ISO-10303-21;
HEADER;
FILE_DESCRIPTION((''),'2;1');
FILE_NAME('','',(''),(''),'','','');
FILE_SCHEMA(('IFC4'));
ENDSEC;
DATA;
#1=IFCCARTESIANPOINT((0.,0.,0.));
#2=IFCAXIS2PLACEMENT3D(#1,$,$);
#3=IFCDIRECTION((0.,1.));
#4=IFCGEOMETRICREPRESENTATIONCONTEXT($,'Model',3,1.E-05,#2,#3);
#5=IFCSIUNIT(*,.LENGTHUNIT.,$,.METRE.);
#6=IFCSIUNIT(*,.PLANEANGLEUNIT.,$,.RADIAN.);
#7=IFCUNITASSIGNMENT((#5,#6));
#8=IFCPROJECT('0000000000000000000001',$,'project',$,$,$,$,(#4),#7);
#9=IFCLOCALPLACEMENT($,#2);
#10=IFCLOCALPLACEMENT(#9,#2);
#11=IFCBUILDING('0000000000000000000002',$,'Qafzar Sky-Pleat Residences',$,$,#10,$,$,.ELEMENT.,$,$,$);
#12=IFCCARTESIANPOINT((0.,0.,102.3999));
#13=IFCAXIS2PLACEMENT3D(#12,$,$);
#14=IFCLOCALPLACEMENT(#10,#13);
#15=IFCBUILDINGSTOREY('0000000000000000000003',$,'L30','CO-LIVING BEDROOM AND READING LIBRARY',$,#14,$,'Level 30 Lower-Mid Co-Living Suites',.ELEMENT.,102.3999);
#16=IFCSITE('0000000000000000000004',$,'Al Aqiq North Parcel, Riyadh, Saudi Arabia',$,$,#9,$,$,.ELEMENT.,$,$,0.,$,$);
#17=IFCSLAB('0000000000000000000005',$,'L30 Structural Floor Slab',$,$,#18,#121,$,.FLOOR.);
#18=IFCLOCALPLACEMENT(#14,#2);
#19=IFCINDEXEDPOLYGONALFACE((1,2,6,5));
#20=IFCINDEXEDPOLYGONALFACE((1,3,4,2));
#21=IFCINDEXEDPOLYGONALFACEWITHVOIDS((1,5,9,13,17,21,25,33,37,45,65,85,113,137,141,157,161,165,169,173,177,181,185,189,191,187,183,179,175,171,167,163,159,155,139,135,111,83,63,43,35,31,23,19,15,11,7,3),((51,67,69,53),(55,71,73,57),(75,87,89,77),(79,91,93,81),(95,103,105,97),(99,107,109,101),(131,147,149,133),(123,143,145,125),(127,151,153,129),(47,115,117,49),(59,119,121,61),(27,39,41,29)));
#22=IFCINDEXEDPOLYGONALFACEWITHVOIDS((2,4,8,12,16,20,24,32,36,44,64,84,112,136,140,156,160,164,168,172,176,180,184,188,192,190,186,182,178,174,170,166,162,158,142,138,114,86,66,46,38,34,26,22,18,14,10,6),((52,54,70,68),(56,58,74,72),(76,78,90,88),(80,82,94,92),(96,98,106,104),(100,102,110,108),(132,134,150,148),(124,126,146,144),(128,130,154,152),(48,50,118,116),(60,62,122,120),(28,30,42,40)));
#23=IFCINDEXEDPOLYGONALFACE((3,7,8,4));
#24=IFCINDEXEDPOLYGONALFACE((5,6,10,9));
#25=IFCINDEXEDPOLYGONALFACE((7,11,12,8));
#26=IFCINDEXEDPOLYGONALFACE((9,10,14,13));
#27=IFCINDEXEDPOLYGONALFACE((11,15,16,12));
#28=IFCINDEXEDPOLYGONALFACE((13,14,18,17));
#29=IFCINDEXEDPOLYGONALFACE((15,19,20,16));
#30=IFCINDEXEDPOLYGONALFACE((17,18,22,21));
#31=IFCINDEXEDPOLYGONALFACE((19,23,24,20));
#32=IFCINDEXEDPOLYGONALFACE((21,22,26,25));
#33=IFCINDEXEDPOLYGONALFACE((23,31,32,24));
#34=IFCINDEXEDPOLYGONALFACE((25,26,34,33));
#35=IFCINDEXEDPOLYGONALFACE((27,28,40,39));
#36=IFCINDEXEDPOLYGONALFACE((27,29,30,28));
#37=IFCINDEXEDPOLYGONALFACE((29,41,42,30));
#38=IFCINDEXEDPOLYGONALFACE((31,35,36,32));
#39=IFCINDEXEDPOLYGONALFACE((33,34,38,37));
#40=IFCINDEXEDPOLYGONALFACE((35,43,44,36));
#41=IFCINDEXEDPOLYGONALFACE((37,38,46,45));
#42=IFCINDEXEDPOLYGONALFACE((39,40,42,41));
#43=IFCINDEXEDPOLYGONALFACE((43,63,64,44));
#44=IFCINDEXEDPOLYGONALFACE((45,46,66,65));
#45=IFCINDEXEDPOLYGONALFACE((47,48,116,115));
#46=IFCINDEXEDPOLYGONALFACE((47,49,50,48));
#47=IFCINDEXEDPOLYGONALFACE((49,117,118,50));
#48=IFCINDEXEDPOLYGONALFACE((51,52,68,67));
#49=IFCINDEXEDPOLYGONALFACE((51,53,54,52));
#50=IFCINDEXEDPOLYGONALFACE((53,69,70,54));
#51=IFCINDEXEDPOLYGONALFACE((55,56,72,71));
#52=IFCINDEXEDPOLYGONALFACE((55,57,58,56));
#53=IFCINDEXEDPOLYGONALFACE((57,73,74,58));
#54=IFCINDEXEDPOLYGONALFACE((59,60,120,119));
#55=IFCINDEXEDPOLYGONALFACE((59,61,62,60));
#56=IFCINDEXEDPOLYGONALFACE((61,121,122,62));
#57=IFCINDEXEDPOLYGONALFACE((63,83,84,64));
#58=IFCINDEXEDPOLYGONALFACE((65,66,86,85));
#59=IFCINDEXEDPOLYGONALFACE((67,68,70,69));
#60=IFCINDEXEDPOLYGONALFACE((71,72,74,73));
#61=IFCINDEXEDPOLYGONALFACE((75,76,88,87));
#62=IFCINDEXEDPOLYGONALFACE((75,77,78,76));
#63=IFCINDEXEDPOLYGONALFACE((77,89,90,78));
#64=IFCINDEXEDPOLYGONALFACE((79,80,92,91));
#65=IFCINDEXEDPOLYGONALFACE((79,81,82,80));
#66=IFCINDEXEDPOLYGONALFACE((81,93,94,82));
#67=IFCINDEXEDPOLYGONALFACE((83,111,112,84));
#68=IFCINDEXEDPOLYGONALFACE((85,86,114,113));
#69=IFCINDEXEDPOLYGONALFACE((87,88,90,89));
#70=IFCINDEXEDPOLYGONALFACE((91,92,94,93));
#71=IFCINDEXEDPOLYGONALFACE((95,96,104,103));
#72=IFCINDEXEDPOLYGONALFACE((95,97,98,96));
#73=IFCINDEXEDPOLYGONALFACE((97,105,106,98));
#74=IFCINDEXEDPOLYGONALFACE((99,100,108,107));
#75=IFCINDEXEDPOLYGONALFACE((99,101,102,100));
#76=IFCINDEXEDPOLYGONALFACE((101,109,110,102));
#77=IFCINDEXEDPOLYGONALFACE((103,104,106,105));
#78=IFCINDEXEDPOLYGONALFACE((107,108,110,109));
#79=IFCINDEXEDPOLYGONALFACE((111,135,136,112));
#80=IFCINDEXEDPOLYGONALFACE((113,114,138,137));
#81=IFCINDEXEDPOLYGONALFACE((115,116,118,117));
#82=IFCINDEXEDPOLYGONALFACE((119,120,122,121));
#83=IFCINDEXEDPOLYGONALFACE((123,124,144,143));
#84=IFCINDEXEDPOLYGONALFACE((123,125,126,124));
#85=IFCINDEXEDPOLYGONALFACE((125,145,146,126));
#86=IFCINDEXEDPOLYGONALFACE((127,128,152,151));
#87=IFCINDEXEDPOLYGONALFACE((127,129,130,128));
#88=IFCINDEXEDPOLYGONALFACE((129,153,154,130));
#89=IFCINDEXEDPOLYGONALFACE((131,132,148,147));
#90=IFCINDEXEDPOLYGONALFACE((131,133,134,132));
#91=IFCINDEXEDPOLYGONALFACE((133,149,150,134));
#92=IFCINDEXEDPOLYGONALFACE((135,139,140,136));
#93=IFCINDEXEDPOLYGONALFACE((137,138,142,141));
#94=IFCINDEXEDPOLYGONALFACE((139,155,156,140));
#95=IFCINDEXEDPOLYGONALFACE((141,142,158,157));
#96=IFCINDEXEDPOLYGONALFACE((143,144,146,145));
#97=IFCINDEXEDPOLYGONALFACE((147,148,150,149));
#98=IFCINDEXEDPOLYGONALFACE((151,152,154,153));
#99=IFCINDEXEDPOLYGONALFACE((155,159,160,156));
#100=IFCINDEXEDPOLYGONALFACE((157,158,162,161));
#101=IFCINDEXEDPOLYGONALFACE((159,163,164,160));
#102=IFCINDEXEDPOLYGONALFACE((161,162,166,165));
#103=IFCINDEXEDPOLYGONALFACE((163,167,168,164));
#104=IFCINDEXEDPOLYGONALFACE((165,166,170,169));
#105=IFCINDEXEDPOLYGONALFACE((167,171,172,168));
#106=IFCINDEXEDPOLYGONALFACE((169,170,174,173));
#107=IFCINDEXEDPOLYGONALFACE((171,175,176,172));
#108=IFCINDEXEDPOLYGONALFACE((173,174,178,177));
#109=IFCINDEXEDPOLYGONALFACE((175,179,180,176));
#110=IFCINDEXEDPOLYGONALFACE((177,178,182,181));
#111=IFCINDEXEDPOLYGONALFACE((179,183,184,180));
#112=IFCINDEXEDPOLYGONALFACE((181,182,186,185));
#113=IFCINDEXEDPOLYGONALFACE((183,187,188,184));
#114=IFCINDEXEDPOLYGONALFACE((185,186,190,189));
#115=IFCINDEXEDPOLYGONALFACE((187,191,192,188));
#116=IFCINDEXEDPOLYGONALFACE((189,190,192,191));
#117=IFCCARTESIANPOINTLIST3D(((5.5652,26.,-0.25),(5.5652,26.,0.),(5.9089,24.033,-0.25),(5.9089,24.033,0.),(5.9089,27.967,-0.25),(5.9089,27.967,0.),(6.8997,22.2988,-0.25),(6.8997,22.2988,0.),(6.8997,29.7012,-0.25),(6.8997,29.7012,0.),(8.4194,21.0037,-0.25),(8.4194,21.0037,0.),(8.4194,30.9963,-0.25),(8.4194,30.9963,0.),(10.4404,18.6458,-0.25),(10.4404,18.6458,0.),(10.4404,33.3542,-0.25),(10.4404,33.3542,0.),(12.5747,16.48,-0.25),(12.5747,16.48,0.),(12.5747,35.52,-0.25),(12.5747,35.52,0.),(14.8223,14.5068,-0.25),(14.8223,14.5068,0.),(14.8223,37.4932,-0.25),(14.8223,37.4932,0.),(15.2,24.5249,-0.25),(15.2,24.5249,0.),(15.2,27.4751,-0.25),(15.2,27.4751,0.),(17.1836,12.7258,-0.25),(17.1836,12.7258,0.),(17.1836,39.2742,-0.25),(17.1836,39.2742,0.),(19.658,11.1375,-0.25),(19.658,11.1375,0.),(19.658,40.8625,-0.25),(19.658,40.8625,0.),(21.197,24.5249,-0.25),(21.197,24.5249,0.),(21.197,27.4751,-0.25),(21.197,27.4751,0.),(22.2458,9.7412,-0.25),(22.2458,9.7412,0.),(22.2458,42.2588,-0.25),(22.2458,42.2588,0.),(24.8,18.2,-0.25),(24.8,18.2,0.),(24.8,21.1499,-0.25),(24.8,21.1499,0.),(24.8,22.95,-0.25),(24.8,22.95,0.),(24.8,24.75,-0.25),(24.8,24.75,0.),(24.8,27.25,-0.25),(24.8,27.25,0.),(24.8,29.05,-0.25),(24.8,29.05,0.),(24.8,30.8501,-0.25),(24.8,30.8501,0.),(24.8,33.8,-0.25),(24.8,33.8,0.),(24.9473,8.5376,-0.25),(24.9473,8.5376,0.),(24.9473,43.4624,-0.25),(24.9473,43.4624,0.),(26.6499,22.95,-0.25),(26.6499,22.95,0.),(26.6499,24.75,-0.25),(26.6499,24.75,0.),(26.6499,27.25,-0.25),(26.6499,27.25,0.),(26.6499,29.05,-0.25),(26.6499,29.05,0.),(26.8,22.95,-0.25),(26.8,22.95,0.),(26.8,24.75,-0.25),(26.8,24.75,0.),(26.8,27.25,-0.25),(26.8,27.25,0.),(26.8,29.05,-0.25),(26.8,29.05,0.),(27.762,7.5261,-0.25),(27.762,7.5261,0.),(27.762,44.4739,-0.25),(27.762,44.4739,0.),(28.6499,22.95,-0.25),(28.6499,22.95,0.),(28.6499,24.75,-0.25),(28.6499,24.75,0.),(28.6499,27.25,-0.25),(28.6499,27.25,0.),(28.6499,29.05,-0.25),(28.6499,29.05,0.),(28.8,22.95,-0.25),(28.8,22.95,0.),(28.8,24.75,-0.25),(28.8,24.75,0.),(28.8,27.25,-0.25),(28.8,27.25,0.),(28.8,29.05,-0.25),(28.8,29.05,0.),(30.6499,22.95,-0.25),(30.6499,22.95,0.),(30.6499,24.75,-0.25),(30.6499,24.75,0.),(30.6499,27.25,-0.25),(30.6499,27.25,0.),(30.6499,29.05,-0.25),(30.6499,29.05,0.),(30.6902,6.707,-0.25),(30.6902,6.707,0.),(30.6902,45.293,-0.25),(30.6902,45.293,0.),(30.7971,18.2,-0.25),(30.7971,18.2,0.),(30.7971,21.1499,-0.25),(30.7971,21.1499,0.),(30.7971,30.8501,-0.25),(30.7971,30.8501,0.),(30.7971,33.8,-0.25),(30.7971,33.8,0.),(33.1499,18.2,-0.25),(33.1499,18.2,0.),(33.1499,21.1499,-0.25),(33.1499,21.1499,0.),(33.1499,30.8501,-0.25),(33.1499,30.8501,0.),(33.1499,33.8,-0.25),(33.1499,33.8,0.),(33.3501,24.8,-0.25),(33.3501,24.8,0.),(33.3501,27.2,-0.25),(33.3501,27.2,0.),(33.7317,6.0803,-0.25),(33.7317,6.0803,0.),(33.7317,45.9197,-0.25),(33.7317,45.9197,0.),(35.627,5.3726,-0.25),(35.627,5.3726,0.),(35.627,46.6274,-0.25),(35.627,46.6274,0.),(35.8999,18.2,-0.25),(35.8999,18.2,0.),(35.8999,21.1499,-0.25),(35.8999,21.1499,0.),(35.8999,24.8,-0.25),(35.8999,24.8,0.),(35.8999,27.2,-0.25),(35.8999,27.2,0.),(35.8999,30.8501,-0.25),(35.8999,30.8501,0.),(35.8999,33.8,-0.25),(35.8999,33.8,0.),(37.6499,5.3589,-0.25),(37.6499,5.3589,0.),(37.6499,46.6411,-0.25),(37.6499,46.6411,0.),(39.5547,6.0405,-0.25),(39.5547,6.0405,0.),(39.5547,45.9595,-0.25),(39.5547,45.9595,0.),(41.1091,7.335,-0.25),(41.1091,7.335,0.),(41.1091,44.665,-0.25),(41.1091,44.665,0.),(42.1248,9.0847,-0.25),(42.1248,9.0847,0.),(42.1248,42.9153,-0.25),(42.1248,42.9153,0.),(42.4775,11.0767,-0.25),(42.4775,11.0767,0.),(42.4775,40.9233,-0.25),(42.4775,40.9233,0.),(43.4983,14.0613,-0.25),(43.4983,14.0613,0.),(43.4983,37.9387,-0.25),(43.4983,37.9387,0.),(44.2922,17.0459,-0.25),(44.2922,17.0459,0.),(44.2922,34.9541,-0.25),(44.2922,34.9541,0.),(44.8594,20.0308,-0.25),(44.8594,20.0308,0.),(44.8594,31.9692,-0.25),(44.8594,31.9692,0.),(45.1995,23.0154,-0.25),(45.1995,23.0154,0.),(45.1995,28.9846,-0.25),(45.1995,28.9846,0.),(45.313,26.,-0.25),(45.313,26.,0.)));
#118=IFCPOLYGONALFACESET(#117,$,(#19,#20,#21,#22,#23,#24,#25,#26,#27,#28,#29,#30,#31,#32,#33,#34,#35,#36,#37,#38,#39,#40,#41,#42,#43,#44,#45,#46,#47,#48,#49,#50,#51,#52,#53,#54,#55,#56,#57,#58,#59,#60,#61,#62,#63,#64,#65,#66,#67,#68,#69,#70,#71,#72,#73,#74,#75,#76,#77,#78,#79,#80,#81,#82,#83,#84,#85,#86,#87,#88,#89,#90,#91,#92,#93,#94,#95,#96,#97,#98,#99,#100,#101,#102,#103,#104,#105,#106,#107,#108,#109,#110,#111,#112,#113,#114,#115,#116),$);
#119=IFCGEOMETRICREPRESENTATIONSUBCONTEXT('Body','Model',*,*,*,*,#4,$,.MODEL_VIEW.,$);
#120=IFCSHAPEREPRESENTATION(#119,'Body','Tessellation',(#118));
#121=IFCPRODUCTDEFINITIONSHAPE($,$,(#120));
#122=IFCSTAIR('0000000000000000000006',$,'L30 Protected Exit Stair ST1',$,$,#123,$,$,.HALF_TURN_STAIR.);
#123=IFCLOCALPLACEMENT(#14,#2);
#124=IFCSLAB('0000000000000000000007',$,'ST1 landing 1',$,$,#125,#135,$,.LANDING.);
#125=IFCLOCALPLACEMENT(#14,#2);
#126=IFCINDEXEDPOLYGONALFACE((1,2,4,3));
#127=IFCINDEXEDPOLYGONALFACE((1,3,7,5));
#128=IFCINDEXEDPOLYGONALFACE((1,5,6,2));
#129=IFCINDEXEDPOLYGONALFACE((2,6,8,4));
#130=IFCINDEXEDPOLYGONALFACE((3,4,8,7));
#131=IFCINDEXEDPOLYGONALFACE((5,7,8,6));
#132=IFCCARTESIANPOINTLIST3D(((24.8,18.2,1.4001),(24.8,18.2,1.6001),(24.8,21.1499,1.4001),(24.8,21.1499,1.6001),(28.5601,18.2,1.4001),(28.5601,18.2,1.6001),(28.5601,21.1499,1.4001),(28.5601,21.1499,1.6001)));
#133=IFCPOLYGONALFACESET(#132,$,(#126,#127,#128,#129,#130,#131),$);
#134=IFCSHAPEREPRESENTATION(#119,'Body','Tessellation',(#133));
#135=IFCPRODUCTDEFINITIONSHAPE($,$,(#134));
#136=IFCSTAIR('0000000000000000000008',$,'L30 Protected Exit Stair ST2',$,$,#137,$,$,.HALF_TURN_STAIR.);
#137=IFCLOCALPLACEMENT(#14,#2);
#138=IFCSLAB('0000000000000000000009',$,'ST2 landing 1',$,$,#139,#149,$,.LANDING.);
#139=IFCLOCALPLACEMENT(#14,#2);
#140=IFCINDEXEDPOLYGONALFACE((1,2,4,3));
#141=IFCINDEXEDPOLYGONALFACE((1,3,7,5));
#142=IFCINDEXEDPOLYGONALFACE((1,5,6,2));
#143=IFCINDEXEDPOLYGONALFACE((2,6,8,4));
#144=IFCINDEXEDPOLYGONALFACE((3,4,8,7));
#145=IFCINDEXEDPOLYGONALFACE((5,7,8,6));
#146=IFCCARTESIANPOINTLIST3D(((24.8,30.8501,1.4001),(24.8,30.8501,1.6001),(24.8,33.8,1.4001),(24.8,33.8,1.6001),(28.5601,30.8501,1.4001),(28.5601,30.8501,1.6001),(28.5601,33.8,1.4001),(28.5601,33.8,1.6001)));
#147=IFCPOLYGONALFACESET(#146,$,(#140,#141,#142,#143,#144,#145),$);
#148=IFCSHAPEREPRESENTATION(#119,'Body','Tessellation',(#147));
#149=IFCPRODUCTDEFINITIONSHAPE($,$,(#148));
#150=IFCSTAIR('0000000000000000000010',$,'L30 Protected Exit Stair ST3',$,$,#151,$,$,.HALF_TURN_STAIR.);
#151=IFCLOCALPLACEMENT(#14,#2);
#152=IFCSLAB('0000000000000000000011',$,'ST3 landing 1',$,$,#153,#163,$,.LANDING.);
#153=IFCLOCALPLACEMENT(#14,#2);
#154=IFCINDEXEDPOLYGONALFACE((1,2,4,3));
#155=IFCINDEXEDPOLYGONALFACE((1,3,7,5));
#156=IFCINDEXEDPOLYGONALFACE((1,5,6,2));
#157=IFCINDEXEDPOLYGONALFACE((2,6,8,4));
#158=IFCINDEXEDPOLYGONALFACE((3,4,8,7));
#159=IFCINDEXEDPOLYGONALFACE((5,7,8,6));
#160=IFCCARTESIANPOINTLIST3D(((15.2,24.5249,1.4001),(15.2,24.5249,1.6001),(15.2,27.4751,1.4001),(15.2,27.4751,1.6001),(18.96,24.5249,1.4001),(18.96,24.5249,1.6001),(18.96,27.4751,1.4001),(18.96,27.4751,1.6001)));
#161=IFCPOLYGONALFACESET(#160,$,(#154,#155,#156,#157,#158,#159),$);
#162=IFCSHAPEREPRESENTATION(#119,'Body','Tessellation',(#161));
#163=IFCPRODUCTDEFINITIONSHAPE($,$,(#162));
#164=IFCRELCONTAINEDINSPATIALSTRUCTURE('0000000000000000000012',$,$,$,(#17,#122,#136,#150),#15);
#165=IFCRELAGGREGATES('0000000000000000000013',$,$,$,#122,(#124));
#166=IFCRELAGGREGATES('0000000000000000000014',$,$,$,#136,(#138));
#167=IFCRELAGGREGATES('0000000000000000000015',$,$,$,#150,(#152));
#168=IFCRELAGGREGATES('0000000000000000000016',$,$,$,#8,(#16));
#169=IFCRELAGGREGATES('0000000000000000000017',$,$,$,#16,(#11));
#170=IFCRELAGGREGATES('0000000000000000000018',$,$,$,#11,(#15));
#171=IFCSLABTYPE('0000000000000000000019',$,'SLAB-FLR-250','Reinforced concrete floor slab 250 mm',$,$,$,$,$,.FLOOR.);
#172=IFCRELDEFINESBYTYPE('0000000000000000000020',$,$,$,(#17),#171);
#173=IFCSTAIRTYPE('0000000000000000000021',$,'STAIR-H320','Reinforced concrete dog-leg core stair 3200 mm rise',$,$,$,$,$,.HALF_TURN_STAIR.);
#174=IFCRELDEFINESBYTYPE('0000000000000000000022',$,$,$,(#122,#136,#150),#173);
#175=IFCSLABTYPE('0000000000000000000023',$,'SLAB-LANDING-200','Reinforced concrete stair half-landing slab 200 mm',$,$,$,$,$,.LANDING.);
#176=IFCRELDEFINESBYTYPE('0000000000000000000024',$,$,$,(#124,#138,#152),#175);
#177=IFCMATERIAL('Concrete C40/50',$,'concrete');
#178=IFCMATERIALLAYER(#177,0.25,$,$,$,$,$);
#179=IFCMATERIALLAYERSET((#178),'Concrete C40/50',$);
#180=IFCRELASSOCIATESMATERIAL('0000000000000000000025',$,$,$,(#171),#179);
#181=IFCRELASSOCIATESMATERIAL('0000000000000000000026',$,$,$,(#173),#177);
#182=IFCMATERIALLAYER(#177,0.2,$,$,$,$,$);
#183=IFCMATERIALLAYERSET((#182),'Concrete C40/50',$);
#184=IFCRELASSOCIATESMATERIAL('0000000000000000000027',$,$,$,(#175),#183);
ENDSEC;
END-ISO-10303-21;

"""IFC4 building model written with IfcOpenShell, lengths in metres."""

from ifc_helpers import new_model, si_unit, direction, frame, origin, place, context, subcontext, project, spatial, polyline, outline, extrude, material, layer, layer_set, type_object, element, aggregate, save


model = new_model("IFC4")

# Units and contexts
model_context = context("Model", 3, precision=1e-05, world=origin(), true_north=direction((0.0, 1.0)))
body_context = subcontext(model_context, "Body", "Model", "MODEL_VIEW")
ifc_project = project(units=[si_unit("LENGTHUNIT", "METRE"), si_unit("PLANEANGLEUNIT", "RADIAN")], contexts=[model_context])

# Site, building, storey
site_placement = place(None, origin())
site = spatial("IfcSite", under=ifc_project, at=site_placement, Name="Al Aqiq North Parcel, Riyadh, Saudi Arabia", CompositionType="ELEMENT", RefElevation=0.0)
building_placement = place(site_placement, origin())
building = spatial("IfcBuilding", under=site, at=building_placement, Name="Qafzar Sky-Pleat Residences", CompositionType="ELEMENT")
storey_placement = place(building_placement, frame((0.0, 0.0, 102.3999)))
storey = spatial("IfcBuildingStorey", under=building, at=storey_placement, Name="L30", Description="CO-LIVING BEDROOM AND READING LIBRARY", LongName="Level 30 Lower-Mid Co-Living Suites", CompositionType="ELEMENT", Elevation=102.3999)

# Slab
ifc_material_1 = material(Name="Concrete C40/50", Category="concrete")
ifc_layer_1 = layer(ifc_material_1, 0.25)
ifc_layer_set_1 = layer_set([ifc_layer_1], Name="Concrete C40/50")
slab_type_1 = type_object("IfcSlabType", Name="SLAB-FLR-250", Description="Reinforced concrete floor slab 250 mm", PredefinedType="FLOOR", material=ifc_layer_set_1)
slab_1_placement = place(storey_placement, frame((0.0, 0.0, -0.25)))
element("IfcSlab", 1, at=slab_1_placement, inside=storey, type_object=slab_type_1, Name="L30 Structural Floor Slab", PredefinedType="FLOOR", context=body_context, shape_type="SweptSolid", body=[
    extrude(outline(polyline([(8.4194, 30.9963), (6.8997, 29.7012), (5.9089, 27.967), (5.5652, 26.0), (5.9089, 24.033), (6.8997, 22.2988), (8.4194, 21.0037), (10.4404, 18.6458), (12.5747, 16.48), (14.8223, 14.5068), (17.1836, 12.7258), (19.658, 11.1375), (22.2458, 9.7412), (24.9473, 8.5376), (27.762, 7.5261), (30.6902, 6.707), (33.7317, 6.0803), (35.627, 5.3726), (37.6499, 5.3589), (39.5547, 6.0405), (41.1091, 7.335), (42.1248, 9.0847), (42.4775, 11.0767), (43.4983, 14.0613), (44.2922, 17.0459), (44.8594, 20.0308), (45.1995, 23.0154), (45.313, 26.0), (45.1995, 28.9846), (44.8594, 31.9692), (44.2922, 34.9541), (43.4983, 37.9387), (42.4775, 40.9233), (42.1248, 42.9153), (41.1091, 44.665), (39.5547, 45.9595), (37.6499, 46.6411), (35.627, 46.6274), (33.7317, 45.9197), (30.6902, 45.293), (27.762, 44.4739), (24.9473, 43.4624), (22.2458, 42.2588), (19.658, 40.8625), (17.1836, 39.2742), (14.8223, 37.4932), (12.5747, 35.52), (10.4404, 33.3542), (8.4194, 30.9963)]), holes=[polyline([(30.7971, 21.1499), (24.8, 21.1499), (24.8, 18.2), (30.7971, 18.2), (30.7971, 21.1499)]), polyline([(30.7971, 33.8), (24.8, 33.8), (24.8, 30.8501), (30.7971, 30.8501), (30.7971, 33.8)]), polyline([(21.197, 27.4751), (15.2, 27.4751), (15.2, 24.5249), (21.197, 24.5249), (21.197, 27.4751)]), polyline([(24.8, 22.95), (26.6499, 22.95), (26.6499, 24.75), (24.8, 24.75), (24.8, 22.95)]), polyline([(26.8, 22.95), (28.6499, 22.95), (28.6499, 24.75), (26.8, 24.75), (26.8, 22.95)]), polyline([(28.8, 22.95), (30.6499, 22.95), (30.6499, 24.75), (28.8, 24.75), (28.8, 22.95)]), polyline([(24.8, 27.25), (26.6499, 27.25), (26.6499, 29.05), (24.8, 29.05), (24.8, 27.25)]), polyline([(26.8, 27.25), (28.6499, 27.25), (28.6499, 29.05), (26.8, 29.05), (26.8, 27.25)]), polyline([(28.8, 27.25), (30.6499, 27.25), (30.6499, 29.05), (28.8, 29.05), (28.8, 27.25)]), polyline([(33.1499, 18.2), (35.8999, 18.2), (35.8999, 21.1499), (33.1499, 21.1499), (33.1499, 18.2)]), polyline([(33.1499, 30.8501), (35.8999, 30.8501), (35.8999, 33.8), (33.1499, 33.8), (33.1499, 30.8501)]), polyline([(33.3501, 24.8), (35.8999, 24.8), (35.8999, 27.2), (33.3501, 27.2), (33.3501, 24.8)])]), origin(), (0.0, 0.0, 1.0), 0.25),
])

# Stairs, slabs
stair_type = type_object("IfcStairType", Name="STAIR-H320", Description="Reinforced concrete dog-leg core stair 3200 mm rise", PredefinedType="HALF_TURN_STAIR", material=ifc_material_1)
stair_1_placement = place(storey_placement, origin())
stair_1 = element("IfcStair", 2, at=stair_1_placement, inside=storey, type_object=stair_type, Name="L30 Protected Exit Stair ST1", PredefinedType="HALF_TURN_STAIR")
ifc_layer_2 = layer(ifc_material_1, 0.2)
ifc_layer_set_2 = layer_set([ifc_layer_2], Name="Concrete C40/50")
slab_type_2 = type_object("IfcSlabType", Name="SLAB-LANDING-200", Description="Reinforced concrete stair half-landing slab 200 mm", PredefinedType="LANDING", material=ifc_layer_set_2)
slab_2_placement = place(storey_placement, frame((0.0, 0.0, 1.4001)))
slab_2 = element("IfcSlab", 3, at=slab_2_placement, type_object=slab_type_2, Name="ST1 landing 1", PredefinedType="LANDING", context=body_context, shape_type="SweptSolid", body=[
    extrude(outline(polyline([(28.5601, 21.1499), (24.8, 21.1499), (24.8, 18.2), (28.5601, 18.2), (28.5601, 21.1499)])), origin(), (0.0, 0.0, 1.0), 0.2),
])
aggregate(stair_1, [slab_2])
stair_2_placement = place(storey_placement, origin())
stair_2 = element("IfcStair", 4, at=stair_2_placement, inside=storey, type_object=stair_type, Name="L30 Protected Exit Stair ST2", PredefinedType="HALF_TURN_STAIR")
slab_3_placement = place(storey_placement, frame((0.0, 0.0, 1.4001)))
slab_3 = element("IfcSlab", 5, at=slab_3_placement, type_object=slab_type_2, Name="ST2 landing 1", PredefinedType="LANDING", context=body_context, shape_type="SweptSolid", body=[
    extrude(outline(polyline([(28.5601, 33.8), (24.8, 33.8), (24.8, 30.8501), (28.5601, 30.8501), (28.5601, 33.8)])), origin(), (0.0, 0.0, 1.0), 0.2),
])
aggregate(stair_2, [slab_3])
stair_3_placement = place(storey_placement, origin())
stair_3 = element("IfcStair", 6, at=stair_3_placement, inside=storey, type_object=stair_type, Name="L30 Protected Exit Stair ST3", PredefinedType="HALF_TURN_STAIR")
slab_4_placement = place(storey_placement, frame((0.0, 0.0, 1.4001)))
slab_4 = element("IfcSlab", 7, at=slab_4_placement, type_object=slab_type_2, Name="ST3 landing 1", PredefinedType="LANDING", context=body_context, shape_type="SweptSolid", body=[
    extrude(outline(polyline([(18.96, 27.4751), (15.2, 27.4751), (15.2, 24.5249), (18.96, 24.5249), (18.96, 27.4751)])), origin(), (0.0, 0.0, 1.0), 0.2),
])
aggregate(stair_3, [slab_4])

save(model, "model.ifc")
